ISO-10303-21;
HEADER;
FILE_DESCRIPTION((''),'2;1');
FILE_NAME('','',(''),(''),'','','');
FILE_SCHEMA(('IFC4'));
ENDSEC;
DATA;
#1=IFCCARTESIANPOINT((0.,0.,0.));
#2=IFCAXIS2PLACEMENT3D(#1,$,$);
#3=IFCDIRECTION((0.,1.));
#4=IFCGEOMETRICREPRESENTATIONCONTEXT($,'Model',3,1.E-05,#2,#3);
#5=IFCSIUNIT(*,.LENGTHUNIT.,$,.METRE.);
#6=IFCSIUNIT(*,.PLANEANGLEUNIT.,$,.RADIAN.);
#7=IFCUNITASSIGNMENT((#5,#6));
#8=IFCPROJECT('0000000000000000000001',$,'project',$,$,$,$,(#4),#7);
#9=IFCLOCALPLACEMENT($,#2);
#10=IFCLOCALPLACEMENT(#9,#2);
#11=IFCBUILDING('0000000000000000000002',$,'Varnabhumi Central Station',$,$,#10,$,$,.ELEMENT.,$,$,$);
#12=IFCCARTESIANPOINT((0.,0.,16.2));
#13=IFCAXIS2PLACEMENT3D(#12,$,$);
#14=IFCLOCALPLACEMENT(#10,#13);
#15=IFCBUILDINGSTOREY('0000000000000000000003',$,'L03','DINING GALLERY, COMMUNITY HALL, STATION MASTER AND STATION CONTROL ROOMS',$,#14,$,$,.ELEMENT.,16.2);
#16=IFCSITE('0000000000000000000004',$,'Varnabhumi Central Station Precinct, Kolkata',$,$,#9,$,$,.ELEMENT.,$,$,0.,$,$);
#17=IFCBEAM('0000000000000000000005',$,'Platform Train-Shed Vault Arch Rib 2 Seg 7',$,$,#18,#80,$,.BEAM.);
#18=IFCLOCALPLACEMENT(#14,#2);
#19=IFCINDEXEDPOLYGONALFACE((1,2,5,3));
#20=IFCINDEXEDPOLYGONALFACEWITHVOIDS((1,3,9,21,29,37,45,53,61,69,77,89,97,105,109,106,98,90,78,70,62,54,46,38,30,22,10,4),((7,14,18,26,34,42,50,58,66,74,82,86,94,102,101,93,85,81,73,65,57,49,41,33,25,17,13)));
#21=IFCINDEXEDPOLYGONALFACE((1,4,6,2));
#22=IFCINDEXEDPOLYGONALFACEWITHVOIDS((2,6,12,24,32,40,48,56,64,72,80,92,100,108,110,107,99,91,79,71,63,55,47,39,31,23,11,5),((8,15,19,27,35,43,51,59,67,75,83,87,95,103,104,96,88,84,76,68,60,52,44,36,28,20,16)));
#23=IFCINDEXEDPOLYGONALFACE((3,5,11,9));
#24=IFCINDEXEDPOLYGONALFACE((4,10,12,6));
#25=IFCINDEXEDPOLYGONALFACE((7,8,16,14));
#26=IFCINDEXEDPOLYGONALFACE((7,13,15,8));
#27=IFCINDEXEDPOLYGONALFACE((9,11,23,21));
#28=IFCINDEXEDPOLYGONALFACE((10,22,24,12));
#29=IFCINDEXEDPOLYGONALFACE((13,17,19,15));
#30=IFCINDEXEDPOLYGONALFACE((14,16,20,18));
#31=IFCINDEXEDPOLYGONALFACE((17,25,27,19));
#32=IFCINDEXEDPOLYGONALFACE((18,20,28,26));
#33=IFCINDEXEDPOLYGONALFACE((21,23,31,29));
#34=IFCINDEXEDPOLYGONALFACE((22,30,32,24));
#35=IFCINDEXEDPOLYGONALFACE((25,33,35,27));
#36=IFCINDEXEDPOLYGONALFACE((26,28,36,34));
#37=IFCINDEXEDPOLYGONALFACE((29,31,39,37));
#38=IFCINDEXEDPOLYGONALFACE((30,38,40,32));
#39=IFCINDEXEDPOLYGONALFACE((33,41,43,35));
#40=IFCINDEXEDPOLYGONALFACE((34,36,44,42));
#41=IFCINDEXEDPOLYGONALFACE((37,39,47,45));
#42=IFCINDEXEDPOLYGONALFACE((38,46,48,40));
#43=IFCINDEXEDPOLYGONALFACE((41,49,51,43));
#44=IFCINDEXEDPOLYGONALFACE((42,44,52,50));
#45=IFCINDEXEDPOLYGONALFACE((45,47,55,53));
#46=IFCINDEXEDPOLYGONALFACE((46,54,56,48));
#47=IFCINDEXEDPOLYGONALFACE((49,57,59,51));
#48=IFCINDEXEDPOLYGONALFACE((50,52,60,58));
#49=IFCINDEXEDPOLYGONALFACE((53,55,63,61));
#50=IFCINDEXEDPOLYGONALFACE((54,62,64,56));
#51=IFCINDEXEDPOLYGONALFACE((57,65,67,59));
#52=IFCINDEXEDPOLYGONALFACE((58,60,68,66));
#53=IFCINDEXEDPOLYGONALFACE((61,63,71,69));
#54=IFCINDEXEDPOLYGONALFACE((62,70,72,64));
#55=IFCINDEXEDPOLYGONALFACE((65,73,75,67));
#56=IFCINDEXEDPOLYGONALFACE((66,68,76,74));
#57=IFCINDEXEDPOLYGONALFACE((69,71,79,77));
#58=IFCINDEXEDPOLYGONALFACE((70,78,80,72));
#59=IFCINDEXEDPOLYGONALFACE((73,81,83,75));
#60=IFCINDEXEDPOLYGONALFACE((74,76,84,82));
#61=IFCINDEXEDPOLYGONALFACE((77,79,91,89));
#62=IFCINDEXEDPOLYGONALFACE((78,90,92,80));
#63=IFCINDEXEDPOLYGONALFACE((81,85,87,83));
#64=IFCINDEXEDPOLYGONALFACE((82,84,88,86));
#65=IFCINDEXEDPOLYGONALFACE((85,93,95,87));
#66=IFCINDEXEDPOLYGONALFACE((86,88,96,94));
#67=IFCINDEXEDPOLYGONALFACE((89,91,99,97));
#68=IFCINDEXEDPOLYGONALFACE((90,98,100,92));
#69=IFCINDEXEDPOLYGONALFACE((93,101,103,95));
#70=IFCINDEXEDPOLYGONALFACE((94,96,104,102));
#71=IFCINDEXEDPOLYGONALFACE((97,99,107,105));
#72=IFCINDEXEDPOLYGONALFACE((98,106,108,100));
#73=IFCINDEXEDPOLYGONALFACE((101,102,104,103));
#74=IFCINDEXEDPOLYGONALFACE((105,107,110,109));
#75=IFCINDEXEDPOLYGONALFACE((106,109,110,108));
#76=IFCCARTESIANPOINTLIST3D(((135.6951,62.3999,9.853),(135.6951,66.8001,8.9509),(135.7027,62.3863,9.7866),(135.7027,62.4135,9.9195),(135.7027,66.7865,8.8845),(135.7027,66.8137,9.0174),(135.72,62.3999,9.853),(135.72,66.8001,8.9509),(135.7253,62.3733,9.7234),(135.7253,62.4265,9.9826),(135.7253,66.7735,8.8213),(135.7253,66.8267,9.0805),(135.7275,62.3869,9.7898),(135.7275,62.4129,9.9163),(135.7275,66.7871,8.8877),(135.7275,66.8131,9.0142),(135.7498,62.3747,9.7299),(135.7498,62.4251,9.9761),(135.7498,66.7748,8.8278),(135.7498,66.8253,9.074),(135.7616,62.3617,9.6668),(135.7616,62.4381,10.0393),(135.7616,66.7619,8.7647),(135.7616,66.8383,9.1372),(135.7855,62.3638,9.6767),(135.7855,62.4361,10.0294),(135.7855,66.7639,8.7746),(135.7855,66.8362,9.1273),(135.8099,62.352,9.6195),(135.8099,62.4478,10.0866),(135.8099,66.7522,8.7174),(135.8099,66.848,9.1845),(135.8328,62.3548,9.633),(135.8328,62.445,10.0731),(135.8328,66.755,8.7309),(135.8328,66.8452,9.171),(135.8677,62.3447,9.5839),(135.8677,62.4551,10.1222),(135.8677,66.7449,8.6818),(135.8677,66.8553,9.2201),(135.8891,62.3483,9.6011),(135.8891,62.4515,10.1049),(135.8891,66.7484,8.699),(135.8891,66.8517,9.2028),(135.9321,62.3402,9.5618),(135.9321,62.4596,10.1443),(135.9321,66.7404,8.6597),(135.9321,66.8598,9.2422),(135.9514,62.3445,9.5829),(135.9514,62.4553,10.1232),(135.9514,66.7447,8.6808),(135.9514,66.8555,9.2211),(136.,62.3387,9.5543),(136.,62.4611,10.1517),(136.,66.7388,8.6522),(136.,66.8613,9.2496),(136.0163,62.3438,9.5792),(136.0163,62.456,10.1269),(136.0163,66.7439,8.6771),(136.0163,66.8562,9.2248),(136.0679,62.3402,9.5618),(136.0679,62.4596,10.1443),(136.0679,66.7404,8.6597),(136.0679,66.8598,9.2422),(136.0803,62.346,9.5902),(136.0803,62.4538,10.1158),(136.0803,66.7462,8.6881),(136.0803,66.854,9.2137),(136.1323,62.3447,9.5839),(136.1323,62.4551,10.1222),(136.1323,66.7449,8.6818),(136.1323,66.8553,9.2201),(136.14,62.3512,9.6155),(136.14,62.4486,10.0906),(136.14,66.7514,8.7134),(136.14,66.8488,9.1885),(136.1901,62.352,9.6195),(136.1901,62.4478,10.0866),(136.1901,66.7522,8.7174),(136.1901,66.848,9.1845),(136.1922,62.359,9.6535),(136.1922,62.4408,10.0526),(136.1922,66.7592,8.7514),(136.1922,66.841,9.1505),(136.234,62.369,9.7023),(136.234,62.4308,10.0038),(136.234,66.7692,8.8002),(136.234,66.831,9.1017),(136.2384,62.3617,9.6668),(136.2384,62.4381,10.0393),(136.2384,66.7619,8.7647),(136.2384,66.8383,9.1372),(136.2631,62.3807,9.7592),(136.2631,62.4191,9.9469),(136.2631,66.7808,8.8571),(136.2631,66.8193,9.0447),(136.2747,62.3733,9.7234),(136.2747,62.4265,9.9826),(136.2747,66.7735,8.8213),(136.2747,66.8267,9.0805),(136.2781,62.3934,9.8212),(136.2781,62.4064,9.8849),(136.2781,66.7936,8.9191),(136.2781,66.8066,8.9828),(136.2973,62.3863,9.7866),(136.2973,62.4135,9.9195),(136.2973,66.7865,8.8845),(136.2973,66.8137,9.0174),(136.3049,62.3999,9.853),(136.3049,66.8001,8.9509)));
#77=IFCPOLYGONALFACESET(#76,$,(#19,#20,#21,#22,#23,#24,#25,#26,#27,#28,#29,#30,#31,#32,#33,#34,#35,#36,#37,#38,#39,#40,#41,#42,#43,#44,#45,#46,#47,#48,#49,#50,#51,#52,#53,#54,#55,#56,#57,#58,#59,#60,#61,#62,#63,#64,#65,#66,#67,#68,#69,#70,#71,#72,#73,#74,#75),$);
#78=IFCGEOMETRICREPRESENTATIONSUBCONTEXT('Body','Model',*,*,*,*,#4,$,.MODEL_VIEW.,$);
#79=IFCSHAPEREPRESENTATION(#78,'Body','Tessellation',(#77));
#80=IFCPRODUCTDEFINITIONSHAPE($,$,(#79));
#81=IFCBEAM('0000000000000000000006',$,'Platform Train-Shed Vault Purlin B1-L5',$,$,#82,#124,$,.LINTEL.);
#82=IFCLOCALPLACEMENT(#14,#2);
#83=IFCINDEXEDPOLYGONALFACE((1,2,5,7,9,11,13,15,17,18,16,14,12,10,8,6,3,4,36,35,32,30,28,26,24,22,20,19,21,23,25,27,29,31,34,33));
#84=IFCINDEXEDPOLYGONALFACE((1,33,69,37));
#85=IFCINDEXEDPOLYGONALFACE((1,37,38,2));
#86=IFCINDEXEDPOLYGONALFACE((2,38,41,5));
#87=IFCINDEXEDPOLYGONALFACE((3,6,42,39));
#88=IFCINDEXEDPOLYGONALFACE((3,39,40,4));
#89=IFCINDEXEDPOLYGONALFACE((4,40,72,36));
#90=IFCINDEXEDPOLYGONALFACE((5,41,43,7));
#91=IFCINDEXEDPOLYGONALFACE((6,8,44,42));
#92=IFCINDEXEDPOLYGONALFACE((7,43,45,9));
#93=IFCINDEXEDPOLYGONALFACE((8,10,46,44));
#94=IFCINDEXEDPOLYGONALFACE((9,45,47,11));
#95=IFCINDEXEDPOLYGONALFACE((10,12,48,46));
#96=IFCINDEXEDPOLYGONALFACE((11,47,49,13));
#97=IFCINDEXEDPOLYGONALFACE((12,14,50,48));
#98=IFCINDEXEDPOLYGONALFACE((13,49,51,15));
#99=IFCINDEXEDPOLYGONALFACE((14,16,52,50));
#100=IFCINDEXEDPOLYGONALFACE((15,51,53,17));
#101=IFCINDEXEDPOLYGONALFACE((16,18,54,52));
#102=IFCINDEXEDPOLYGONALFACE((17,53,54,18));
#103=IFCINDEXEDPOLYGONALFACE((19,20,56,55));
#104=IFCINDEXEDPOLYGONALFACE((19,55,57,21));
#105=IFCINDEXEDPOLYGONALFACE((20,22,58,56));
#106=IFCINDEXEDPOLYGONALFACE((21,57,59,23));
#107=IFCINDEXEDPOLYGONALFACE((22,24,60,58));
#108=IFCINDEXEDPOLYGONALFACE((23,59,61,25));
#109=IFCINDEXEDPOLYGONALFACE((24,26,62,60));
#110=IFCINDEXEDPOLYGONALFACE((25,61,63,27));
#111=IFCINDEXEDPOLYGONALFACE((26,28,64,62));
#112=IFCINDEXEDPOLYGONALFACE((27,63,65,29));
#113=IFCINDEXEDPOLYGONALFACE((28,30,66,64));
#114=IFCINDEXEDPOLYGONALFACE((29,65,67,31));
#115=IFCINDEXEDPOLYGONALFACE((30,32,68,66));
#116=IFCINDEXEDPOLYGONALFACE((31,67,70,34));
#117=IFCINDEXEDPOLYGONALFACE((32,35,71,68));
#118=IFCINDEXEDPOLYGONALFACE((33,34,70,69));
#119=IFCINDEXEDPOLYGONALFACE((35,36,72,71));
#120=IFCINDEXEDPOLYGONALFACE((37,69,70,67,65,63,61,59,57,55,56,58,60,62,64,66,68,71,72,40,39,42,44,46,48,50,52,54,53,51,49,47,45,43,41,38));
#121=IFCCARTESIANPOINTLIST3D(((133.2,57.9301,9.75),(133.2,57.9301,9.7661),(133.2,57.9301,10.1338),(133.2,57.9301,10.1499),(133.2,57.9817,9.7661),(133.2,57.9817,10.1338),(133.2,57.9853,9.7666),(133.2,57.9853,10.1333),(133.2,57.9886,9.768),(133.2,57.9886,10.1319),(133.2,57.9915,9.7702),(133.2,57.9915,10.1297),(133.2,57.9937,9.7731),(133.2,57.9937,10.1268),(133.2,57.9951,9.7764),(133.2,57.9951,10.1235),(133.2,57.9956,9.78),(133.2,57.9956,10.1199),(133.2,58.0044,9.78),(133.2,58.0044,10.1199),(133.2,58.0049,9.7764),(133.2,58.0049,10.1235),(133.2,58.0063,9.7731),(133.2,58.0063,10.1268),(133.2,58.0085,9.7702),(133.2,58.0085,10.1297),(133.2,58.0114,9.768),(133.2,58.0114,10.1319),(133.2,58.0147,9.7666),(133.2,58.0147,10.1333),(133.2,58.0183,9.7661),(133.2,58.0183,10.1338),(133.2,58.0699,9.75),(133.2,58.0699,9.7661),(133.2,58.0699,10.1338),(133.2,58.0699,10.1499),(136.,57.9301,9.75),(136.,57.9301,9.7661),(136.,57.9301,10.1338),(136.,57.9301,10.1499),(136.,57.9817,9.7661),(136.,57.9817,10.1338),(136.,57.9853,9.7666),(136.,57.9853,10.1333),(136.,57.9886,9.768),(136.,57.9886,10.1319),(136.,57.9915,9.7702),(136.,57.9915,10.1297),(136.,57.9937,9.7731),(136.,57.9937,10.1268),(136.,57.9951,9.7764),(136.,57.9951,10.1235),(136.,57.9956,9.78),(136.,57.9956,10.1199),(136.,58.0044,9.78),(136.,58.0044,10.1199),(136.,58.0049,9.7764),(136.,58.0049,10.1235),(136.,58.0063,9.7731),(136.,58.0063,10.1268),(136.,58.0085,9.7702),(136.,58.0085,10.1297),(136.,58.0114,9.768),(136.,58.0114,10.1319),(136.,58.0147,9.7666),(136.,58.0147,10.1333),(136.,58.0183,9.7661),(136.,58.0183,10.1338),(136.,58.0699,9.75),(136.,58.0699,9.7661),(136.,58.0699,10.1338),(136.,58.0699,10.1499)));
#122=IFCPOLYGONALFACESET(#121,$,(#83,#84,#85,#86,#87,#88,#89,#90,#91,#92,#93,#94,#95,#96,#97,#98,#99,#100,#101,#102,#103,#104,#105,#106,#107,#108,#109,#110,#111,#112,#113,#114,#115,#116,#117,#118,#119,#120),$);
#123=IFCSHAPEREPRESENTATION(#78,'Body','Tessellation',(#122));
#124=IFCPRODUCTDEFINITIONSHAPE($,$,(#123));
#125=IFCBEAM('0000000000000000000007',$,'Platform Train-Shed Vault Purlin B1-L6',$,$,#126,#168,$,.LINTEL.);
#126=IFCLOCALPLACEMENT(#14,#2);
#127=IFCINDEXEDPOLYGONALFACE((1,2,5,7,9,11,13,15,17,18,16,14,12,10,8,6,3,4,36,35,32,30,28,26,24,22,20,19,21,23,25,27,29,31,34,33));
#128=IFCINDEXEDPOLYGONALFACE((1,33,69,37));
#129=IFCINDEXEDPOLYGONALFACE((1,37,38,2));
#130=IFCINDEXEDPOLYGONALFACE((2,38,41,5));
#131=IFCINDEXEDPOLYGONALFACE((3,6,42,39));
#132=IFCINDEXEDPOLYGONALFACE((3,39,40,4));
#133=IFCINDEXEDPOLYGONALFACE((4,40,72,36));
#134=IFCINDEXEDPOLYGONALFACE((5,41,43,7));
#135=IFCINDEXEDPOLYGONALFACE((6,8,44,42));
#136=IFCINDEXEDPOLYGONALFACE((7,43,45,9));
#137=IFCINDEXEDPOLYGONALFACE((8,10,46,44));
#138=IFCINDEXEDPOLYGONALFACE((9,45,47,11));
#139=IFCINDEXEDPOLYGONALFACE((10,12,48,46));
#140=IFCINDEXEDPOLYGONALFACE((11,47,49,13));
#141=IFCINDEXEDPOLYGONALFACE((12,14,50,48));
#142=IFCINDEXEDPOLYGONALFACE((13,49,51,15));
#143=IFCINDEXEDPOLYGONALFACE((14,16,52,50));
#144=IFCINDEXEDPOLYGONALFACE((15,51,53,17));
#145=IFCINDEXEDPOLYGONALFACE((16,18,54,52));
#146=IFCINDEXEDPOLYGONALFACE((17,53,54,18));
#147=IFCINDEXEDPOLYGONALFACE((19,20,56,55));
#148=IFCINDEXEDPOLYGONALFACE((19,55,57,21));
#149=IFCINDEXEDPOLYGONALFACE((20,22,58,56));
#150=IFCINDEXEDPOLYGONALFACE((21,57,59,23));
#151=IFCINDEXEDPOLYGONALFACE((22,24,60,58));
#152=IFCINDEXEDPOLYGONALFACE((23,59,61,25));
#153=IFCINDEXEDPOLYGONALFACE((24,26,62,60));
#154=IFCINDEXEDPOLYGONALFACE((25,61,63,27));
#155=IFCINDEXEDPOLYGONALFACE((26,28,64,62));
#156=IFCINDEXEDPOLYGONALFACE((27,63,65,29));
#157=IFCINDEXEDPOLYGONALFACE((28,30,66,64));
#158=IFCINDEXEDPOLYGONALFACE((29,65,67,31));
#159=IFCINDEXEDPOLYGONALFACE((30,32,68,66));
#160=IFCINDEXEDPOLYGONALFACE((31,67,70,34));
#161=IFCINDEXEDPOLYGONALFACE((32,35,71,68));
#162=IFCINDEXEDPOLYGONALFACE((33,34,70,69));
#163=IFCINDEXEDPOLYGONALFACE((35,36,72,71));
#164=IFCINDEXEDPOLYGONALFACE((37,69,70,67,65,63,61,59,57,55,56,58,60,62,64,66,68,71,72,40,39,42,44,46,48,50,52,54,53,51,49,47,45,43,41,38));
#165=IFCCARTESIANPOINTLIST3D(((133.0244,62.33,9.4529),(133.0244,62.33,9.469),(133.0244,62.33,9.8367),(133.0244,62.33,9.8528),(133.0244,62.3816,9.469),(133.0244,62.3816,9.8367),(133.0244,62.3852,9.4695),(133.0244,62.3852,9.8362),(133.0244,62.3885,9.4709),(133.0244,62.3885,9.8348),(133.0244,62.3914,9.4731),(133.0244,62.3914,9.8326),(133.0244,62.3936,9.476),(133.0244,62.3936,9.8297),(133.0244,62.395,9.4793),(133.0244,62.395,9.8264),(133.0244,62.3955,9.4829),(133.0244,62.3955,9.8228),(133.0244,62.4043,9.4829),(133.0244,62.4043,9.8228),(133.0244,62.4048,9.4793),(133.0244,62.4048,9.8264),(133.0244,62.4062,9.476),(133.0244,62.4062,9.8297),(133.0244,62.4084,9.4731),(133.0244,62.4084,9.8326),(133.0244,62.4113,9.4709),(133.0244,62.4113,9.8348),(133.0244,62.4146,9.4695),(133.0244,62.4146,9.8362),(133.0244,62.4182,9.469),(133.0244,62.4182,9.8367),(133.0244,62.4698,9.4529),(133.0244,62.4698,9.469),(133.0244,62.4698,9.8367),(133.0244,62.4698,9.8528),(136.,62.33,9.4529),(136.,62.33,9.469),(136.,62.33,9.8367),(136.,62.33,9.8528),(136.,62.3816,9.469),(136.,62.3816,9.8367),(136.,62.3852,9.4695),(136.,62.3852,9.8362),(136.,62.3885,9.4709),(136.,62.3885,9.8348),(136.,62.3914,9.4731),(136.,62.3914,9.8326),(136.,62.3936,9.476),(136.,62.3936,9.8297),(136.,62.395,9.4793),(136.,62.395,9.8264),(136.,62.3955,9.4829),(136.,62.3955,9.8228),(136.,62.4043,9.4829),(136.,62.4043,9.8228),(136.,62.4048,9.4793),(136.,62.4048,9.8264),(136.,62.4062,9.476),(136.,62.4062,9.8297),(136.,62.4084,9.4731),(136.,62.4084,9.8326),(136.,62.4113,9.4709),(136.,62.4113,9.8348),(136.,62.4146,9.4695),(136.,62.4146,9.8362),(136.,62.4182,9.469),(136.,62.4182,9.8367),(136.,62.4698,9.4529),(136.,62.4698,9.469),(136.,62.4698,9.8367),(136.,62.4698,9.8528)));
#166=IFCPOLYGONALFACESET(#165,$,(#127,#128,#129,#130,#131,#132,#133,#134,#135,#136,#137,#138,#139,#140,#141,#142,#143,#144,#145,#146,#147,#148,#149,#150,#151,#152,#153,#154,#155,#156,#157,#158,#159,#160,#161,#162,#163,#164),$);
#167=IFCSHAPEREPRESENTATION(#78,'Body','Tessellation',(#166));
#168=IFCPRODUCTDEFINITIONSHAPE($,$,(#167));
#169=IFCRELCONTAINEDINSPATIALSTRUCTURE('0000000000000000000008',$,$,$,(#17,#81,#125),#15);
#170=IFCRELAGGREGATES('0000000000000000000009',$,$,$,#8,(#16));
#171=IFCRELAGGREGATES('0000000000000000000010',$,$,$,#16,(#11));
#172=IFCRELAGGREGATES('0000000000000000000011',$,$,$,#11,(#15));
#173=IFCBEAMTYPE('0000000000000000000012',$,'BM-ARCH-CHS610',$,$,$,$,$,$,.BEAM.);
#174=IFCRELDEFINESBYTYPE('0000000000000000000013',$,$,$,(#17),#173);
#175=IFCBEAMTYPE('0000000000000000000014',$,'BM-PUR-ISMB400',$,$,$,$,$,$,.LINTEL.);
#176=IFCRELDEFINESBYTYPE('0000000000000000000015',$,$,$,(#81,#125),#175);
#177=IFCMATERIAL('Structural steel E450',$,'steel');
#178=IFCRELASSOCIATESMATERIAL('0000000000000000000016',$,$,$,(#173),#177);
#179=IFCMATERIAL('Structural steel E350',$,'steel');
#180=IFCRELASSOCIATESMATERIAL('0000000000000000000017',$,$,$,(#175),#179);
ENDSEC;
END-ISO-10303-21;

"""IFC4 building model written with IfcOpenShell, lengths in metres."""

from ifc_helpers import new_model, si_unit, direction, frame, origin, origin_2d, place, context, subcontext, project, spatial, hollow_circle, i_section, extrude, material, material_profile, profile_set, type_object, element, save


model = new_model("IFC4")

# Units and contexts
model_context = context("Model", 3, precision=1e-05, world=origin(), true_north=direction((0.0, 1.0)))
body_context = subcontext(model_context, "Body", "Model", "MODEL_VIEW")
ifc_project = project(units=[si_unit("LENGTHUNIT", "METRE"), si_unit("PLANEANGLEUNIT", "RADIAN")], contexts=[model_context])

# Site, building, storey
site_placement = place(None, origin())
site = spatial("IfcSite", under=ifc_project, at=site_placement, Name="Varnabhumi Central Station Precinct, Kolkata", CompositionType="ELEMENT", RefElevation=0.0)
building_placement = place(site_placement, origin())
building = spatial("IfcBuilding", under=site, at=building_placement, Name="Varnabhumi Central Station", CompositionType="ELEMENT")
storey_placement = place(building_placement, frame((0.0, 0.0, 16.2)))
storey = spatial("IfcBuildingStorey", under=building, at=storey_placement, Name="L03", Description="DINING GALLERY, COMMUNITY HALL, STATION MASTER AND STATION CONTROL ROOMS", CompositionType="ELEMENT", Elevation=16.2)

# Beams
ifc_material_1 = material(Name="Structural steel E450", Category="steel")
ifc_material_profile_1 = material_profile(ifc_material_1, hollow_circle(Radius=0.3049, WallThickness=0.0249, at=origin_2d()), Name="Structural steel E450", Category="steel")
ifc_profile_set_1 = profile_set([ifc_material_profile_1], Name="Structural steel E450")
beam_type_1 = type_object("IfcBeamType", Name="BM-ARCH-CHS610", PredefinedType="BEAM", material=ifc_profile_set_1)
beam_1_placement = place(storey_placement, frame((136.0, 62.3999, 9.853), z_axis=(0.0, 0.979624, -0.200838), x_axis=(-1.0, 0.0, 0.0)))
element("IfcBeam", 1, at=beam_1_placement, inside=storey, type_object=beam_type_1, Name="Platform Train-Shed Vault Arch Rib 2 Seg 7", PredefinedType="BEAM", context=body_context, shape_type="SweptSolid", body=[
    extrude(hollow_circle(Radius=0.3049, WallThickness=0.0249, at=origin_2d()), origin(), (0.0, 0.0, 1.0), 4.4917),
])
ifc_material_2 = material(Name="Structural steel E350", Category="steel")
ifc_material_profile_2 = material_profile(ifc_material_2, i_section(OverallWidth=0.1399, OverallDepth=0.3999, WebThickness=0.0088, FlangeThickness=0.0161, FilletRadius=0.0139, at=origin_2d()), Name="Structural steel E350", Category="steel")
ifc_profile_set_2 = profile_set([ifc_material_profile_2], Name="Structural steel E350")
beam_type_2 = type_object("IfcBeamType", Name="BM-PUR-ISMB400", PredefinedType="LINTEL", material=ifc_profile_set_2)
beam_2_placement = place(storey_placement, frame((133.2, 58.0, 9.95), z_axis=(1.0, 0.0, 0.0), x_axis=(0.0, 1.0, 0.0)))
element("IfcBeam", 2, at=beam_2_placement, inside=storey, type_object=beam_type_2, Name="Platform Train-Shed Vault Purlin B1-L5", PredefinedType="LINTEL", context=body_context, shape_type="SweptSolid", body=[
    extrude(i_section(OverallWidth=0.1399, OverallDepth=0.3999, WebThickness=0.0088, FlangeThickness=0.0161, FilletRadius=0.0139, at=origin_2d()), origin(), (0.0, 0.0, 1.0), 2.8),
])
beam_3_placement = place(storey_placement, frame((133.0244, 62.3999, 9.6528), z_axis=(1.0, 0.0, 0.0), x_axis=(0.0, 1.0, 0.0)))
element("IfcBeam", 3, at=beam_3_placement, inside=storey, type_object=beam_type_2, Name="Platform Train-Shed Vault Purlin B1-L6", PredefinedType="LINTEL", context=body_context, shape_type="SweptSolid", body=[
    extrude(i_section(OverallWidth=0.1399, OverallDepth=0.3999, WebThickness=0.0088, FlangeThickness=0.0161, FilletRadius=0.0139, at=origin_2d()), origin(), (0.0, 0.0, 1.0), 2.9756),
])

save(model, "model.ifc")
